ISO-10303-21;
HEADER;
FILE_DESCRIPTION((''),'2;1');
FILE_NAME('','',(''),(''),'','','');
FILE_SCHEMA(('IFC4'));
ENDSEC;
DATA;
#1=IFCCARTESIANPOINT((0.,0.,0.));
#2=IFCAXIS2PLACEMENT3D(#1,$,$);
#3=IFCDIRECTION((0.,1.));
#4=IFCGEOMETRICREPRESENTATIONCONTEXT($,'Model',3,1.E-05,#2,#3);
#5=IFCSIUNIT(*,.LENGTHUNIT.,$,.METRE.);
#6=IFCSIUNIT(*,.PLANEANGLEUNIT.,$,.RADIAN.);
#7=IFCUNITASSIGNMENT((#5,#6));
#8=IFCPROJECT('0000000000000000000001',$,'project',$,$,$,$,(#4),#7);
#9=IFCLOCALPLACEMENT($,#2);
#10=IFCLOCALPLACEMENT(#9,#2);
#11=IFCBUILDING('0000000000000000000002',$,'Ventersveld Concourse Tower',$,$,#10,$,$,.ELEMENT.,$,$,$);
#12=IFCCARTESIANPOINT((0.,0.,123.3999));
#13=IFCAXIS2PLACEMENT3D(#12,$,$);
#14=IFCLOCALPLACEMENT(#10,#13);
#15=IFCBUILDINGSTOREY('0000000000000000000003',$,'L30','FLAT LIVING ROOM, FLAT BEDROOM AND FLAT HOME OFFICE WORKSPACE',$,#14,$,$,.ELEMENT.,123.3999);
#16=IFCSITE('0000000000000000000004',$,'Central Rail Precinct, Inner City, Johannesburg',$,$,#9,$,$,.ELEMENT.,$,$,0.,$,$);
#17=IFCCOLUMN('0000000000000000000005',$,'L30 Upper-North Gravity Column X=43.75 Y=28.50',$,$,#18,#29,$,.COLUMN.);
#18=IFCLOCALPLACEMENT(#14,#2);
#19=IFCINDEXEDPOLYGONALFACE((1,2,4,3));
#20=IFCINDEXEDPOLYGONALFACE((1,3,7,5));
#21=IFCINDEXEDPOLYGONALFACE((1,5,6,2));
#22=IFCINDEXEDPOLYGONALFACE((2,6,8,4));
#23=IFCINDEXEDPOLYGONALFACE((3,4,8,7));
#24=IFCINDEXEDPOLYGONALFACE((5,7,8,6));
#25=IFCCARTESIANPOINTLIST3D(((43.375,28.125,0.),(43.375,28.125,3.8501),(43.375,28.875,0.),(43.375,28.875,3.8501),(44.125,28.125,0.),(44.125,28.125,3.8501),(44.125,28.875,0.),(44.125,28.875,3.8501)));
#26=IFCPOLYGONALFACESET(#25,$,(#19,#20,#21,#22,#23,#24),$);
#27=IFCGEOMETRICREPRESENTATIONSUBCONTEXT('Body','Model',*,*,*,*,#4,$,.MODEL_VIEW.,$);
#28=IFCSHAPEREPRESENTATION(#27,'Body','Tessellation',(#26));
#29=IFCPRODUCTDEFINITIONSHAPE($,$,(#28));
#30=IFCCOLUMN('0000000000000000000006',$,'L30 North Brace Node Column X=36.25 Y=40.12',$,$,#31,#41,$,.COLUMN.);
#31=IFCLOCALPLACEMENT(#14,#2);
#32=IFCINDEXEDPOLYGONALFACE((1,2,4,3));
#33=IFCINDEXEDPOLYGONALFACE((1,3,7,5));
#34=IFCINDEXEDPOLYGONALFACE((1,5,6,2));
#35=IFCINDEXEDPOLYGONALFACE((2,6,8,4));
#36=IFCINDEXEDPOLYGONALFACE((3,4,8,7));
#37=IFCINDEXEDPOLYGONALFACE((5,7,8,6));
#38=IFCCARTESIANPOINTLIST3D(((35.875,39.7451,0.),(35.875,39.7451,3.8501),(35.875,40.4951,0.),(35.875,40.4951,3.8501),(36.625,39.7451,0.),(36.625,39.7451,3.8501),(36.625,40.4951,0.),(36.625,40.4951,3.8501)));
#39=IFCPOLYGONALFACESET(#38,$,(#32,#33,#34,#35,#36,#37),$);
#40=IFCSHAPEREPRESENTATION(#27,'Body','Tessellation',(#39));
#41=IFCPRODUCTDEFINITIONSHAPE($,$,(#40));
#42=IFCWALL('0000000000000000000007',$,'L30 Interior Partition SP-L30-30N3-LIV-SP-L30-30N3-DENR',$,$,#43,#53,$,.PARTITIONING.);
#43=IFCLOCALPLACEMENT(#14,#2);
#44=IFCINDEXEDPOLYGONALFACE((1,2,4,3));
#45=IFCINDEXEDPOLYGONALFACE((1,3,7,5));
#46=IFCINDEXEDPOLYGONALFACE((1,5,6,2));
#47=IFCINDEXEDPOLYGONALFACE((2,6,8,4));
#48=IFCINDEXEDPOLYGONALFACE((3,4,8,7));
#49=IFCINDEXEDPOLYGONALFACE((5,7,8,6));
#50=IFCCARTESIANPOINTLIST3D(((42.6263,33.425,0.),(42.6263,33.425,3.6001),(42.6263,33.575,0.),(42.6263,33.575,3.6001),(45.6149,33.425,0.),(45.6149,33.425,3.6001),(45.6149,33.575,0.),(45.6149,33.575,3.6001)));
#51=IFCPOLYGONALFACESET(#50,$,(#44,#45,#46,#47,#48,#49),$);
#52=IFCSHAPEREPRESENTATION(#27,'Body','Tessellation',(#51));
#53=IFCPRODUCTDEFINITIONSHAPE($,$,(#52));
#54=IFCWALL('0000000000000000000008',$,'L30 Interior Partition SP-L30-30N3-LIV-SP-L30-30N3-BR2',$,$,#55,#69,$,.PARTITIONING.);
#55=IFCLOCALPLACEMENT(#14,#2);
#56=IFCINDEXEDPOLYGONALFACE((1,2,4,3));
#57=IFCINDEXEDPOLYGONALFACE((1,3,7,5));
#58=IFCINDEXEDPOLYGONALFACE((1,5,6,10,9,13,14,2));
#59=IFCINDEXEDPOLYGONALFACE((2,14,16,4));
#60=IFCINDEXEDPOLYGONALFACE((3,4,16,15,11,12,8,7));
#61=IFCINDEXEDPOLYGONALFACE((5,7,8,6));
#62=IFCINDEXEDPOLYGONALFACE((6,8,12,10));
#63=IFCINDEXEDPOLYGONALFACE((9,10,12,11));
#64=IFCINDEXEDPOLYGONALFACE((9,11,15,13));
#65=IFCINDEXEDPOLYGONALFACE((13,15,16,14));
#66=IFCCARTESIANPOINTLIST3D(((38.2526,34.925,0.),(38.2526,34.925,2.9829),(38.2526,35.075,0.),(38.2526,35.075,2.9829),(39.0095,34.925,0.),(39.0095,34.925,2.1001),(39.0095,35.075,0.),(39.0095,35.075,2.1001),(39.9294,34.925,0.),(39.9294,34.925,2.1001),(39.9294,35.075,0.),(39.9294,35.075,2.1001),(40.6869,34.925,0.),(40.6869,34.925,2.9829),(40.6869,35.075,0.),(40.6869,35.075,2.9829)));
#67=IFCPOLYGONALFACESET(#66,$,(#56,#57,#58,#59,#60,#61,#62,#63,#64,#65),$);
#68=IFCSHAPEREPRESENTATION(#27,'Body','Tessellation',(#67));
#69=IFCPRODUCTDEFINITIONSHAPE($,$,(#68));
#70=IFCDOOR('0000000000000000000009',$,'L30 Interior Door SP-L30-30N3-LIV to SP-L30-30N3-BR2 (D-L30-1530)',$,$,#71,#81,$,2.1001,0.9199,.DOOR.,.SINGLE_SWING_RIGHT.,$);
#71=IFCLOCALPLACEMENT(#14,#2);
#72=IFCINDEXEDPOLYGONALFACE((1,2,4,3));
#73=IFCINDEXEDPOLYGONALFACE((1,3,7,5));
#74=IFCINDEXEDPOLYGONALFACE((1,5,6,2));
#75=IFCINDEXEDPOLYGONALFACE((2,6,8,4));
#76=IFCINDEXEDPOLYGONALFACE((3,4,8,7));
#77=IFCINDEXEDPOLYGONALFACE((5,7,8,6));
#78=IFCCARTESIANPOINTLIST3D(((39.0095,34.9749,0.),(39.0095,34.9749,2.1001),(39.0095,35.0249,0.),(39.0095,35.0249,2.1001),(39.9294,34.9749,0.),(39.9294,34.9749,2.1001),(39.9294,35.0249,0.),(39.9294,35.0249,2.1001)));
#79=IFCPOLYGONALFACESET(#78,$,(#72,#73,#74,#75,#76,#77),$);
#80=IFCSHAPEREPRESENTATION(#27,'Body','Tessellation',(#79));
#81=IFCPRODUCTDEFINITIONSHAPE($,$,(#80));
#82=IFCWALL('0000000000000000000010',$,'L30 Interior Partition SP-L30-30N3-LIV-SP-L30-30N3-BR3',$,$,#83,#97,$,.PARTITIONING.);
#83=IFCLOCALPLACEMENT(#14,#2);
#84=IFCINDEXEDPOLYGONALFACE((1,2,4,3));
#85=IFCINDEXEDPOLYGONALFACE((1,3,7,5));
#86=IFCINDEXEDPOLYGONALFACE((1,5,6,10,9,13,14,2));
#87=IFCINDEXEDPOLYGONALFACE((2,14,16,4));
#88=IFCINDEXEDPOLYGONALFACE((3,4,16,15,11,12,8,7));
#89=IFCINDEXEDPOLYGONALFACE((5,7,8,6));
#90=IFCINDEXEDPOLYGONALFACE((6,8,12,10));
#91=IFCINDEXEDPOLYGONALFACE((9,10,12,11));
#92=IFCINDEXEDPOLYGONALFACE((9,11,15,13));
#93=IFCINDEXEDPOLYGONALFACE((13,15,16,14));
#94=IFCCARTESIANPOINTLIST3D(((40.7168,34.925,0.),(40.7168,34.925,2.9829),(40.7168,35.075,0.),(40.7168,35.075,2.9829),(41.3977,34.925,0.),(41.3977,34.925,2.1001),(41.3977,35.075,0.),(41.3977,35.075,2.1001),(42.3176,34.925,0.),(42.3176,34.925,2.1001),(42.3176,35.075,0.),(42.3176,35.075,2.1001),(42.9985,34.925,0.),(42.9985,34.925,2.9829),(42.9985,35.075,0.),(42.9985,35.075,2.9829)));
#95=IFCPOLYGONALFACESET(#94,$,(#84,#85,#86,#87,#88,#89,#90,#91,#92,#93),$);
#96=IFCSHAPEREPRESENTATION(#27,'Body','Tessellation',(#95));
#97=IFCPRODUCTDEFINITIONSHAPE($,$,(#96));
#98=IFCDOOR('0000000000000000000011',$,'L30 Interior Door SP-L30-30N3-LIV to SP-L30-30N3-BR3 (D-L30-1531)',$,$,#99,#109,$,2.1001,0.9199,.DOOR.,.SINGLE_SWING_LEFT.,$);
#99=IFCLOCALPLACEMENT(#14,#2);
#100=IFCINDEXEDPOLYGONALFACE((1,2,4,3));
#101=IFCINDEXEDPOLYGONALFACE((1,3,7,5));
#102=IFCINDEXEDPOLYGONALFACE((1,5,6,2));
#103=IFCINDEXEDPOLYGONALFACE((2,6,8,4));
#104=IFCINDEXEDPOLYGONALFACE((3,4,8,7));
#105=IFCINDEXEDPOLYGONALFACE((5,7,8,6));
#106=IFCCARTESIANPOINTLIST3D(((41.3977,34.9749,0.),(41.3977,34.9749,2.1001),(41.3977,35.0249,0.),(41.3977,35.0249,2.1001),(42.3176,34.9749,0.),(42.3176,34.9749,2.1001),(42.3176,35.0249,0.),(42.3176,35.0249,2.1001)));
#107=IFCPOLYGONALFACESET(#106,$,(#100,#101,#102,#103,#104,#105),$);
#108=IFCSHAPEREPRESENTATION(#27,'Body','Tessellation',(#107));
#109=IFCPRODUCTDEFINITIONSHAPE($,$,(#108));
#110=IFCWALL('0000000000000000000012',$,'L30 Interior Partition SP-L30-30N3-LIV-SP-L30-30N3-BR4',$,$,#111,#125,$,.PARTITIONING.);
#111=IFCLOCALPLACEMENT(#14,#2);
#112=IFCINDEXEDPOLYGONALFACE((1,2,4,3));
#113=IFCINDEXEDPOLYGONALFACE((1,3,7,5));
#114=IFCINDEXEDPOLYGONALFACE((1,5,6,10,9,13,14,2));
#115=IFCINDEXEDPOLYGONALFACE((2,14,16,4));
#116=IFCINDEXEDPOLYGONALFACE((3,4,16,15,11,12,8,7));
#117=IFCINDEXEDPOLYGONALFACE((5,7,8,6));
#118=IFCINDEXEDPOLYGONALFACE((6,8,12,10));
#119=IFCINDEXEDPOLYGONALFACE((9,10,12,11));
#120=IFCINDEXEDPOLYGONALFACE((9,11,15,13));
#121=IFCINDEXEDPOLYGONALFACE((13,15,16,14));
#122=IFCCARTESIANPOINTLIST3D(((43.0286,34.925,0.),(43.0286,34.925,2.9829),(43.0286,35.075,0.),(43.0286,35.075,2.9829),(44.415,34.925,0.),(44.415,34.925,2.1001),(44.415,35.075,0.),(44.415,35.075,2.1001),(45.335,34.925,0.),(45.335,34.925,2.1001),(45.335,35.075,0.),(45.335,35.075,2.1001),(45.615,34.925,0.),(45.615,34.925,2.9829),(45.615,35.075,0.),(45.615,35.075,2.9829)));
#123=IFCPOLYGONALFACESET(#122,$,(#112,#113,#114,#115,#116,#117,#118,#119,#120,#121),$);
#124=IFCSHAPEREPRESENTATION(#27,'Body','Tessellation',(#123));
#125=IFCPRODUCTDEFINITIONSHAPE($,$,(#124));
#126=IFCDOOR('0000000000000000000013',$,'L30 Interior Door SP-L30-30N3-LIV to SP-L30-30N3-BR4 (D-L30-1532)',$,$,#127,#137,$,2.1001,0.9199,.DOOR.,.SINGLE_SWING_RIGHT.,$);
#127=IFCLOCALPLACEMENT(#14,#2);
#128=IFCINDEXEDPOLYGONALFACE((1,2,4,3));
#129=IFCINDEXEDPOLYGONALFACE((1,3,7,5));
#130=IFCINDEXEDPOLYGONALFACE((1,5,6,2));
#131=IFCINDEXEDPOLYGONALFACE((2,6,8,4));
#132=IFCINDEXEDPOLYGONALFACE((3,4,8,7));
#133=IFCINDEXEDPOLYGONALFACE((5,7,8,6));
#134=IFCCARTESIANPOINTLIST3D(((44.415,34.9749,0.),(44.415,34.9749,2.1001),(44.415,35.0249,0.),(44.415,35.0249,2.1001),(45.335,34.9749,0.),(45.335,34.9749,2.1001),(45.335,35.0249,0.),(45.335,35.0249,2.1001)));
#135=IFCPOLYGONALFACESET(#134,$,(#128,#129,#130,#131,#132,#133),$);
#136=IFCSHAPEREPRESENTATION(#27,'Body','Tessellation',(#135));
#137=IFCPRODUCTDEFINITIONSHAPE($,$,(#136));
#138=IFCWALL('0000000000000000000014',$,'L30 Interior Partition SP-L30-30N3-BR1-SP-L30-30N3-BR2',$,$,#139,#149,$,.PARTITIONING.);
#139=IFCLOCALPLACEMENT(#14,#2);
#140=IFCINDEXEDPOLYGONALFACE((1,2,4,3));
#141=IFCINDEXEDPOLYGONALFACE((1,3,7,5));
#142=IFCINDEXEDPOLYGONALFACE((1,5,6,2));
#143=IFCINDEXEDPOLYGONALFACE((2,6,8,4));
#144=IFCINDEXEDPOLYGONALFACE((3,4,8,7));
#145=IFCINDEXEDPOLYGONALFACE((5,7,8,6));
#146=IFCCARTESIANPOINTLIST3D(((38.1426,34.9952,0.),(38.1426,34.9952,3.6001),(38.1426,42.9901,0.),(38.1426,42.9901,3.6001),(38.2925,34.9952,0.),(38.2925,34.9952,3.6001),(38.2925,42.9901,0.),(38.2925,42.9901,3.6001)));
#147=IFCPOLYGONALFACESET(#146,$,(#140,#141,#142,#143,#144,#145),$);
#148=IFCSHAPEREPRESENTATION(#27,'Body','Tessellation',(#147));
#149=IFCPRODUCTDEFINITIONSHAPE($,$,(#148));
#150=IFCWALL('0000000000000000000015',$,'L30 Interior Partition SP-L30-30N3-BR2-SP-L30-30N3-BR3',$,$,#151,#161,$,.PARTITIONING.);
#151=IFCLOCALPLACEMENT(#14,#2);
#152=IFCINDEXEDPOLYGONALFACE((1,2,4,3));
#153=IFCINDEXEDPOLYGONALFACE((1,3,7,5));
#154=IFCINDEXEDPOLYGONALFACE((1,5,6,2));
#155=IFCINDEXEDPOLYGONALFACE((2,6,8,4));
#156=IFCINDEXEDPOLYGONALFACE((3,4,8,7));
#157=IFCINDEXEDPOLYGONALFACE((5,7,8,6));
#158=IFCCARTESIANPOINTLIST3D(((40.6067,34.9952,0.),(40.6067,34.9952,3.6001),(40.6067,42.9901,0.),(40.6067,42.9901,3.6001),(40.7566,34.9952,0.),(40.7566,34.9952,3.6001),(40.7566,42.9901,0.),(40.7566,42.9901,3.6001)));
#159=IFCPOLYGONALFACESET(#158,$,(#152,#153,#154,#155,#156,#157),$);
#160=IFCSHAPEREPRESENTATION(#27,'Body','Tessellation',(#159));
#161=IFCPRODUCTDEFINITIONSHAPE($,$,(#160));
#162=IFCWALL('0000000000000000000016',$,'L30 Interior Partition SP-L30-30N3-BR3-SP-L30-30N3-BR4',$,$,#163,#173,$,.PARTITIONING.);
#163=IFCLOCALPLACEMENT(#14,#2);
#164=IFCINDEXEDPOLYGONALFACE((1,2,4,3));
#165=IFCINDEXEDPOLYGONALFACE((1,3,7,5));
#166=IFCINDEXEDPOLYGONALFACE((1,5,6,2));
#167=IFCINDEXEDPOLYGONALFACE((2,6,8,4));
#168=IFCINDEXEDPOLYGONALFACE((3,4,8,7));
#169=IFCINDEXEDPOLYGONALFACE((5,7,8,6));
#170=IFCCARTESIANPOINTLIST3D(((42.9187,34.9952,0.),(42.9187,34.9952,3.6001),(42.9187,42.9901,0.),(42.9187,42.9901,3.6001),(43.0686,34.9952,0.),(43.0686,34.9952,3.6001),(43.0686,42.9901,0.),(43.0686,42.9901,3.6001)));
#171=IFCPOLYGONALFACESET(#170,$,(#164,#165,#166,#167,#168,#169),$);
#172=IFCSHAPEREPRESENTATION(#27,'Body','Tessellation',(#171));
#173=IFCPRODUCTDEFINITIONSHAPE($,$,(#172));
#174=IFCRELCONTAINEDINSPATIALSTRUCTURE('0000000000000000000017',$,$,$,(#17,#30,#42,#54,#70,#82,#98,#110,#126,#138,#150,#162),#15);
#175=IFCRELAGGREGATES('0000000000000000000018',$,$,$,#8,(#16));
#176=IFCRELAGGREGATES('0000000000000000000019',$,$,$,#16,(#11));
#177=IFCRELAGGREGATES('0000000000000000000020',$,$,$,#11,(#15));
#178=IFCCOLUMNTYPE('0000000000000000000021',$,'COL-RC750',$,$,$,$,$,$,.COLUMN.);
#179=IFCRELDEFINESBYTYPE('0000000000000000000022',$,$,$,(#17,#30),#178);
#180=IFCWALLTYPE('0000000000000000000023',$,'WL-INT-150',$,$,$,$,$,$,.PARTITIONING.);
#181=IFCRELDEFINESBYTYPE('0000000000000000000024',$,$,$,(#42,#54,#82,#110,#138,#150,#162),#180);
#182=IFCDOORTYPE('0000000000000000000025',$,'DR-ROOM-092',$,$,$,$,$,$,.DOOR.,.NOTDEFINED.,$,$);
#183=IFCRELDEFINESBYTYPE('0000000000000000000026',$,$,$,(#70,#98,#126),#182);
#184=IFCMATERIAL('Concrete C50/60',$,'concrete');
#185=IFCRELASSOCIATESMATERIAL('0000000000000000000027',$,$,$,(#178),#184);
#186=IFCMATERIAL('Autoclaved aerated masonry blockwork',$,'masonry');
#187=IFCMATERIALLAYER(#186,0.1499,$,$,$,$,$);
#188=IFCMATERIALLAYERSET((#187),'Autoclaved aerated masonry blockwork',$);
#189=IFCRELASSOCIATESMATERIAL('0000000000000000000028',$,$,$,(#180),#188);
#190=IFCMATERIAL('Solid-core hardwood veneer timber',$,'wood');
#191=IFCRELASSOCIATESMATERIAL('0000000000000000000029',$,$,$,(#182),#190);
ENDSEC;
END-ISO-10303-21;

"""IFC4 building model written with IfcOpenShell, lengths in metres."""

from ifc_helpers import new_model, si_unit, direction, frame, frame_2d, origin, origin_2d, place, context, subcontext, project, spatial, rectangle, extrude, material, layer, layer_set, material_profile, profile_set, type_object, element, fill, save


model = new_model("IFC4")

# Units and contexts
model_context = context("Model", 3, precision=1e-05, world=origin(), true_north=direction((0.0, 1.0)))
body_context = subcontext(model_context, "Body", "Model", "MODEL_VIEW")
ifc_project = project(units=[si_unit("LENGTHUNIT", "METRE"), si_unit("PLANEANGLEUNIT", "RADIAN")], contexts=[model_context])

# Site, building, storey
site_placement = place(None, origin())
site = spatial("IfcSite", under=ifc_project, at=site_placement, Name="Central Rail Precinct, Inner City, Johannesburg", CompositionType="ELEMENT", RefElevation=0.0)
building_placement = place(site_placement, origin())
building = spatial("IfcBuilding", under=site, at=building_placement, Name="Ventersveld Concourse Tower", CompositionType="ELEMENT")
storey_placement = place(building_placement, frame((0.0, 0.0, 123.3999)))
storey = spatial("IfcBuildingStorey", under=building, at=storey_placement, Name="L30", Description="FLAT LIVING ROOM, FLAT BEDROOM AND FLAT HOME OFFICE WORKSPACE", CompositionType="ELEMENT", Elevation=123.3999)

# Columns
ifc_material_1 = material(Name="Concrete C50/60", Category="concrete")
ifc_material_profile = material_profile(ifc_material_1, rectangle(XDim=0.75, YDim=0.75, at=origin_2d()), Name="RC 750x750")
ifc_profile_set = profile_set([ifc_material_profile], Name="Concrete C50/60")
column_type = type_object("IfcColumnType", Name="COL-RC750", PredefinedType="COLUMN", material=ifc_profile_set)
for number, where, z_axis, x_axis, name in (
    (1, (43.75, 28.5, 0.0), (0.0, 0.0, 1.0), (1.0, 0.0, 0.0), "L30 Upper-North Gravity Column X=43.75 Y=28.50"),
    (2, (36.25, 40.1201, 0.0), (0.0, 0.0, 1.0), (1.0, 0.0, 0.0), "L30 North Brace Node Column X=36.25 Y=40.12"),
):
    element("IfcColumn", number, at=place(storey_placement, frame(where, z_axis=z_axis, x_axis=x_axis)), inside=storey, type_object=column_type, Name=name, PredefinedType="COLUMN", context=body_context, shape_type="SweptSolid", body=[
        extrude(rectangle(XDim=0.75, YDim=0.75, at=origin_2d()), origin(), (0.0, 0.0, 1.0), 3.8501),
    ])

# Wall
ifc_material_2 = material(Name="Autoclaved aerated masonry blockwork", Category="masonry")
ifc_layer = layer(ifc_material_2, 0.1499)
ifc_layer_set = layer_set([ifc_layer], Name="Autoclaved aerated masonry blockwork")
wall_type = type_object("IfcWallType", Name="WL-INT-150", PredefinedType="PARTITIONING", material=ifc_layer_set)
wall_1_placement = place(storey_placement, frame((42.6265, 33.5, 0.0), z_axis=(0.0, 0.0, 1.0), x_axis=(1.0, 0.0, 0.0)))
element("IfcWall", 3, at=wall_1_placement, inside=storey, type_object=wall_type, Name="L30 Interior Partition SP-L30-30N3-LIV-SP-L30-30N3-DENR", PredefinedType="PARTITIONING", context=body_context, shape_type="SweptSolid", body=[
    extrude(rectangle(XDim=2.9885, YDim=0.1499, at=frame_2d((1.4941, 0.0))), origin(), (0.0, 0.0, 1.0), 3.6001),
])

# Walls, openings, doors
wall_2_placement = place(storey_placement, frame((38.2524, 35.0, 0.0), z_axis=(0.0, 0.0, 1.0), x_axis=(1.0, 0.0, 0.0)))
wall_2 = element("IfcWall", 4, at=wall_2_placement, inside=storey, type_object=wall_type, Name="L30 Interior Partition SP-L30-30N3-LIV-SP-L30-30N3-BR2", PredefinedType="PARTITIONING", context=body_context, shape_type="SweptSolid", body=[
    extrude(rectangle(XDim=2.4343, YDim=0.1499, at=frame_2d((1.2173, 0.0))), origin(), (0.0, 0.0, 1.0), 2.9829),
])
opening_1_placement = place(wall_2_placement, frame((0.7571, 0.0, 0.0)))
opening_1 = element("IfcOpeningElement", 5, at=opening_1_placement, cuts=wall_2, PredefinedType="OPENING", context=body_context, shape_type="SweptSolid", body=[
    extrude(rectangle(XDim=0.9199, YDim=2.1001, at=frame_2d((0.46, 1.05))), frame((0.0, 0.085, 0.0), z_axis=(0.0, -1.0, 0.0), x_axis=(1.0, 0.0, 0.0)), (0.0, 0.0, 1.0), 0.1699),
])
ifc_material_3 = material(Name="Solid-core hardwood veneer timber", Category="wood")
door_type = type_object("IfcDoorType", Name="DR-ROOM-092", OperationType="NOTDEFINED", PredefinedType="DOOR", material=ifc_material_3)
door_1_placement = place(opening_1_placement, origin())
door_1 = element("IfcDoor", 6, at=door_1_placement, inside=storey, type_object=door_type, Name="L30 Interior Door SP-L30-30N3-LIV to SP-L30-30N3-BR2 (D-L30-1530)", OperationType="SINGLE_SWING_RIGHT", OverallHeight=2.1001, OverallWidth=0.9199, PredefinedType="DOOR", context=body_context, shape_type="SweptSolid", body=[
    extrude(rectangle(XDim=0.9199, YDim=2.1001, at=frame_2d((0.46, 1.05))), frame((0.0, 0.0249, 0.0), z_axis=(0.0, -1.0, 0.0), x_axis=(1.0, 0.0, 0.0)), (0.0, 0.0, 1.0), 0.05),
])
fill(opening_1, door_1)
wall_3_placement = place(storey_placement, frame((40.7168, 35.0, 0.0), z_axis=(0.0, 0.0, 1.0), x_axis=(1.0, 0.0, 0.0)))
wall_3 = element("IfcWall", 7, at=wall_3_placement, inside=storey, type_object=wall_type, Name="L30 Interior Partition SP-L30-30N3-LIV-SP-L30-30N3-BR3", PredefinedType="PARTITIONING", context=body_context, shape_type="SweptSolid", body=[
    extrude(rectangle(XDim=2.2817, YDim=0.1499, at=frame_2d((1.1409, 0.0))), origin(), (0.0, 0.0, 1.0), 2.9829),
])
opening_2_placement = place(wall_3_placement, frame((0.6809, 0.0, 0.0)))
opening_2 = element("IfcOpeningElement", 8, at=opening_2_placement, cuts=wall_3, PredefinedType="OPENING", context=body_context, shape_type="SweptSolid", body=[
    extrude(rectangle(XDim=0.9199, YDim=2.1001, at=frame_2d((0.46, 1.05))), frame((0.0, 0.085, 0.0), z_axis=(0.0, -1.0, 0.0), x_axis=(1.0, 0.0, 0.0)), (0.0, 0.0, 1.0), 0.1699),
])
door_2_placement = place(opening_2_placement, origin())
door_2 = element("IfcDoor", 9, at=door_2_placement, inside=storey, type_object=door_type, Name="L30 Interior Door SP-L30-30N3-LIV to SP-L30-30N3-BR3 (D-L30-1531)", OperationType="SINGLE_SWING_LEFT", OverallHeight=2.1001, OverallWidth=0.9199, PredefinedType="DOOR", context=body_context, shape_type="SweptSolid", body=[
    extrude(rectangle(XDim=0.9199, YDim=2.1001, at=frame_2d((0.46, 1.05))), frame((0.0, 0.0249, 0.0), z_axis=(0.0, -1.0, 0.0), x_axis=(1.0, 0.0, 0.0)), (0.0, 0.0, 1.0), 0.05),
])
fill(opening_2, door_2)
wall_4_placement = place(storey_placement, frame((43.0286, 35.0, 0.0), z_axis=(0.0, 0.0, 1.0), x_axis=(1.0, 0.0, 0.0)))
wall_4 = element("IfcWall", 10, at=wall_4_placement, inside=storey, type_object=wall_type, Name="L30 Interior Partition SP-L30-30N3-LIV-SP-L30-30N3-BR4", PredefinedType="PARTITIONING", context=body_context, shape_type="SweptSolid", body=[
    extrude(rectangle(XDim=2.5864, YDim=0.1499, at=frame_2d((1.2932, 0.0))), origin(), (0.0, 0.0, 1.0), 2.9829),
])
opening_3_placement = place(wall_4_placement, frame((1.3865, 0.0, 0.0)))
opening_3 = element("IfcOpeningElement", 11, at=opening_3_placement, cuts=wall_4, PredefinedType="OPENING", context=body_context, shape_type="SweptSolid", body=[
    extrude(rectangle(XDim=0.9199, YDim=2.1001, at=frame_2d((0.46, 1.05))), frame((0.0, 0.085, 0.0), z_axis=(0.0, -1.0, 0.0), x_axis=(1.0, 0.0, 0.0)), (0.0, 0.0, 1.0), 0.1699),
])
door_3_placement = place(opening_3_placement, origin())
door_3 = element("IfcDoor", 12, at=door_3_placement, inside=storey, type_object=door_type, Name="L30 Interior Door SP-L30-30N3-LIV to SP-L30-30N3-BR4 (D-L30-1532)", OperationType="SINGLE_SWING_RIGHT", OverallHeight=2.1001, OverallWidth=0.9199, PredefinedType="DOOR", context=body_context, shape_type="SweptSolid", body=[
    extrude(rectangle(XDim=0.9199, YDim=2.1001, at=frame_2d((0.46, 1.05))), frame((0.0, 0.0249, 0.0), z_axis=(0.0, -1.0, 0.0), x_axis=(1.0, 0.0, 0.0)), (0.0, 0.0, 1.0), 0.05),
])
fill(opening_3, door_3)

# Walls
for number, where, z_axis, x_axis, name in (
    (13, (38.2175, 34.9951, 0.0), (0.0, 0.0, 1.0), (0.0, 1.0, 0.0), "L30 Interior Partition SP-L30-30N3-BR1-SP-L30-30N3-BR2"),
    (14, (40.6816, 34.9951, 0.0), (0.0, 0.0, 1.0), (0.0, 1.0, 0.0), "L30 Interior Partition SP-L30-30N3-BR2-SP-L30-30N3-BR3"),
    (15, (42.9937, 34.9951, 0.0), (0.0, 0.0, 1.0), (0.0, 1.0, 0.0), "L30 Interior Partition SP-L30-30N3-BR3-SP-L30-30N3-BR4"),
):
    element("IfcWall", number, at=place(storey_placement, frame(where, z_axis=z_axis, x_axis=x_axis)), inside=storey, type_object=wall_type, Name=name, PredefinedType="PARTITIONING", context=body_context, shape_type="SweptSolid", body=[
        extrude(rectangle(XDim=7.9949, YDim=0.1499, at=frame_2d((3.9976, 0.0))), origin(), (0.0, 0.0, 1.0), 3.6001),
    ])

save(model, "model.ifc")
